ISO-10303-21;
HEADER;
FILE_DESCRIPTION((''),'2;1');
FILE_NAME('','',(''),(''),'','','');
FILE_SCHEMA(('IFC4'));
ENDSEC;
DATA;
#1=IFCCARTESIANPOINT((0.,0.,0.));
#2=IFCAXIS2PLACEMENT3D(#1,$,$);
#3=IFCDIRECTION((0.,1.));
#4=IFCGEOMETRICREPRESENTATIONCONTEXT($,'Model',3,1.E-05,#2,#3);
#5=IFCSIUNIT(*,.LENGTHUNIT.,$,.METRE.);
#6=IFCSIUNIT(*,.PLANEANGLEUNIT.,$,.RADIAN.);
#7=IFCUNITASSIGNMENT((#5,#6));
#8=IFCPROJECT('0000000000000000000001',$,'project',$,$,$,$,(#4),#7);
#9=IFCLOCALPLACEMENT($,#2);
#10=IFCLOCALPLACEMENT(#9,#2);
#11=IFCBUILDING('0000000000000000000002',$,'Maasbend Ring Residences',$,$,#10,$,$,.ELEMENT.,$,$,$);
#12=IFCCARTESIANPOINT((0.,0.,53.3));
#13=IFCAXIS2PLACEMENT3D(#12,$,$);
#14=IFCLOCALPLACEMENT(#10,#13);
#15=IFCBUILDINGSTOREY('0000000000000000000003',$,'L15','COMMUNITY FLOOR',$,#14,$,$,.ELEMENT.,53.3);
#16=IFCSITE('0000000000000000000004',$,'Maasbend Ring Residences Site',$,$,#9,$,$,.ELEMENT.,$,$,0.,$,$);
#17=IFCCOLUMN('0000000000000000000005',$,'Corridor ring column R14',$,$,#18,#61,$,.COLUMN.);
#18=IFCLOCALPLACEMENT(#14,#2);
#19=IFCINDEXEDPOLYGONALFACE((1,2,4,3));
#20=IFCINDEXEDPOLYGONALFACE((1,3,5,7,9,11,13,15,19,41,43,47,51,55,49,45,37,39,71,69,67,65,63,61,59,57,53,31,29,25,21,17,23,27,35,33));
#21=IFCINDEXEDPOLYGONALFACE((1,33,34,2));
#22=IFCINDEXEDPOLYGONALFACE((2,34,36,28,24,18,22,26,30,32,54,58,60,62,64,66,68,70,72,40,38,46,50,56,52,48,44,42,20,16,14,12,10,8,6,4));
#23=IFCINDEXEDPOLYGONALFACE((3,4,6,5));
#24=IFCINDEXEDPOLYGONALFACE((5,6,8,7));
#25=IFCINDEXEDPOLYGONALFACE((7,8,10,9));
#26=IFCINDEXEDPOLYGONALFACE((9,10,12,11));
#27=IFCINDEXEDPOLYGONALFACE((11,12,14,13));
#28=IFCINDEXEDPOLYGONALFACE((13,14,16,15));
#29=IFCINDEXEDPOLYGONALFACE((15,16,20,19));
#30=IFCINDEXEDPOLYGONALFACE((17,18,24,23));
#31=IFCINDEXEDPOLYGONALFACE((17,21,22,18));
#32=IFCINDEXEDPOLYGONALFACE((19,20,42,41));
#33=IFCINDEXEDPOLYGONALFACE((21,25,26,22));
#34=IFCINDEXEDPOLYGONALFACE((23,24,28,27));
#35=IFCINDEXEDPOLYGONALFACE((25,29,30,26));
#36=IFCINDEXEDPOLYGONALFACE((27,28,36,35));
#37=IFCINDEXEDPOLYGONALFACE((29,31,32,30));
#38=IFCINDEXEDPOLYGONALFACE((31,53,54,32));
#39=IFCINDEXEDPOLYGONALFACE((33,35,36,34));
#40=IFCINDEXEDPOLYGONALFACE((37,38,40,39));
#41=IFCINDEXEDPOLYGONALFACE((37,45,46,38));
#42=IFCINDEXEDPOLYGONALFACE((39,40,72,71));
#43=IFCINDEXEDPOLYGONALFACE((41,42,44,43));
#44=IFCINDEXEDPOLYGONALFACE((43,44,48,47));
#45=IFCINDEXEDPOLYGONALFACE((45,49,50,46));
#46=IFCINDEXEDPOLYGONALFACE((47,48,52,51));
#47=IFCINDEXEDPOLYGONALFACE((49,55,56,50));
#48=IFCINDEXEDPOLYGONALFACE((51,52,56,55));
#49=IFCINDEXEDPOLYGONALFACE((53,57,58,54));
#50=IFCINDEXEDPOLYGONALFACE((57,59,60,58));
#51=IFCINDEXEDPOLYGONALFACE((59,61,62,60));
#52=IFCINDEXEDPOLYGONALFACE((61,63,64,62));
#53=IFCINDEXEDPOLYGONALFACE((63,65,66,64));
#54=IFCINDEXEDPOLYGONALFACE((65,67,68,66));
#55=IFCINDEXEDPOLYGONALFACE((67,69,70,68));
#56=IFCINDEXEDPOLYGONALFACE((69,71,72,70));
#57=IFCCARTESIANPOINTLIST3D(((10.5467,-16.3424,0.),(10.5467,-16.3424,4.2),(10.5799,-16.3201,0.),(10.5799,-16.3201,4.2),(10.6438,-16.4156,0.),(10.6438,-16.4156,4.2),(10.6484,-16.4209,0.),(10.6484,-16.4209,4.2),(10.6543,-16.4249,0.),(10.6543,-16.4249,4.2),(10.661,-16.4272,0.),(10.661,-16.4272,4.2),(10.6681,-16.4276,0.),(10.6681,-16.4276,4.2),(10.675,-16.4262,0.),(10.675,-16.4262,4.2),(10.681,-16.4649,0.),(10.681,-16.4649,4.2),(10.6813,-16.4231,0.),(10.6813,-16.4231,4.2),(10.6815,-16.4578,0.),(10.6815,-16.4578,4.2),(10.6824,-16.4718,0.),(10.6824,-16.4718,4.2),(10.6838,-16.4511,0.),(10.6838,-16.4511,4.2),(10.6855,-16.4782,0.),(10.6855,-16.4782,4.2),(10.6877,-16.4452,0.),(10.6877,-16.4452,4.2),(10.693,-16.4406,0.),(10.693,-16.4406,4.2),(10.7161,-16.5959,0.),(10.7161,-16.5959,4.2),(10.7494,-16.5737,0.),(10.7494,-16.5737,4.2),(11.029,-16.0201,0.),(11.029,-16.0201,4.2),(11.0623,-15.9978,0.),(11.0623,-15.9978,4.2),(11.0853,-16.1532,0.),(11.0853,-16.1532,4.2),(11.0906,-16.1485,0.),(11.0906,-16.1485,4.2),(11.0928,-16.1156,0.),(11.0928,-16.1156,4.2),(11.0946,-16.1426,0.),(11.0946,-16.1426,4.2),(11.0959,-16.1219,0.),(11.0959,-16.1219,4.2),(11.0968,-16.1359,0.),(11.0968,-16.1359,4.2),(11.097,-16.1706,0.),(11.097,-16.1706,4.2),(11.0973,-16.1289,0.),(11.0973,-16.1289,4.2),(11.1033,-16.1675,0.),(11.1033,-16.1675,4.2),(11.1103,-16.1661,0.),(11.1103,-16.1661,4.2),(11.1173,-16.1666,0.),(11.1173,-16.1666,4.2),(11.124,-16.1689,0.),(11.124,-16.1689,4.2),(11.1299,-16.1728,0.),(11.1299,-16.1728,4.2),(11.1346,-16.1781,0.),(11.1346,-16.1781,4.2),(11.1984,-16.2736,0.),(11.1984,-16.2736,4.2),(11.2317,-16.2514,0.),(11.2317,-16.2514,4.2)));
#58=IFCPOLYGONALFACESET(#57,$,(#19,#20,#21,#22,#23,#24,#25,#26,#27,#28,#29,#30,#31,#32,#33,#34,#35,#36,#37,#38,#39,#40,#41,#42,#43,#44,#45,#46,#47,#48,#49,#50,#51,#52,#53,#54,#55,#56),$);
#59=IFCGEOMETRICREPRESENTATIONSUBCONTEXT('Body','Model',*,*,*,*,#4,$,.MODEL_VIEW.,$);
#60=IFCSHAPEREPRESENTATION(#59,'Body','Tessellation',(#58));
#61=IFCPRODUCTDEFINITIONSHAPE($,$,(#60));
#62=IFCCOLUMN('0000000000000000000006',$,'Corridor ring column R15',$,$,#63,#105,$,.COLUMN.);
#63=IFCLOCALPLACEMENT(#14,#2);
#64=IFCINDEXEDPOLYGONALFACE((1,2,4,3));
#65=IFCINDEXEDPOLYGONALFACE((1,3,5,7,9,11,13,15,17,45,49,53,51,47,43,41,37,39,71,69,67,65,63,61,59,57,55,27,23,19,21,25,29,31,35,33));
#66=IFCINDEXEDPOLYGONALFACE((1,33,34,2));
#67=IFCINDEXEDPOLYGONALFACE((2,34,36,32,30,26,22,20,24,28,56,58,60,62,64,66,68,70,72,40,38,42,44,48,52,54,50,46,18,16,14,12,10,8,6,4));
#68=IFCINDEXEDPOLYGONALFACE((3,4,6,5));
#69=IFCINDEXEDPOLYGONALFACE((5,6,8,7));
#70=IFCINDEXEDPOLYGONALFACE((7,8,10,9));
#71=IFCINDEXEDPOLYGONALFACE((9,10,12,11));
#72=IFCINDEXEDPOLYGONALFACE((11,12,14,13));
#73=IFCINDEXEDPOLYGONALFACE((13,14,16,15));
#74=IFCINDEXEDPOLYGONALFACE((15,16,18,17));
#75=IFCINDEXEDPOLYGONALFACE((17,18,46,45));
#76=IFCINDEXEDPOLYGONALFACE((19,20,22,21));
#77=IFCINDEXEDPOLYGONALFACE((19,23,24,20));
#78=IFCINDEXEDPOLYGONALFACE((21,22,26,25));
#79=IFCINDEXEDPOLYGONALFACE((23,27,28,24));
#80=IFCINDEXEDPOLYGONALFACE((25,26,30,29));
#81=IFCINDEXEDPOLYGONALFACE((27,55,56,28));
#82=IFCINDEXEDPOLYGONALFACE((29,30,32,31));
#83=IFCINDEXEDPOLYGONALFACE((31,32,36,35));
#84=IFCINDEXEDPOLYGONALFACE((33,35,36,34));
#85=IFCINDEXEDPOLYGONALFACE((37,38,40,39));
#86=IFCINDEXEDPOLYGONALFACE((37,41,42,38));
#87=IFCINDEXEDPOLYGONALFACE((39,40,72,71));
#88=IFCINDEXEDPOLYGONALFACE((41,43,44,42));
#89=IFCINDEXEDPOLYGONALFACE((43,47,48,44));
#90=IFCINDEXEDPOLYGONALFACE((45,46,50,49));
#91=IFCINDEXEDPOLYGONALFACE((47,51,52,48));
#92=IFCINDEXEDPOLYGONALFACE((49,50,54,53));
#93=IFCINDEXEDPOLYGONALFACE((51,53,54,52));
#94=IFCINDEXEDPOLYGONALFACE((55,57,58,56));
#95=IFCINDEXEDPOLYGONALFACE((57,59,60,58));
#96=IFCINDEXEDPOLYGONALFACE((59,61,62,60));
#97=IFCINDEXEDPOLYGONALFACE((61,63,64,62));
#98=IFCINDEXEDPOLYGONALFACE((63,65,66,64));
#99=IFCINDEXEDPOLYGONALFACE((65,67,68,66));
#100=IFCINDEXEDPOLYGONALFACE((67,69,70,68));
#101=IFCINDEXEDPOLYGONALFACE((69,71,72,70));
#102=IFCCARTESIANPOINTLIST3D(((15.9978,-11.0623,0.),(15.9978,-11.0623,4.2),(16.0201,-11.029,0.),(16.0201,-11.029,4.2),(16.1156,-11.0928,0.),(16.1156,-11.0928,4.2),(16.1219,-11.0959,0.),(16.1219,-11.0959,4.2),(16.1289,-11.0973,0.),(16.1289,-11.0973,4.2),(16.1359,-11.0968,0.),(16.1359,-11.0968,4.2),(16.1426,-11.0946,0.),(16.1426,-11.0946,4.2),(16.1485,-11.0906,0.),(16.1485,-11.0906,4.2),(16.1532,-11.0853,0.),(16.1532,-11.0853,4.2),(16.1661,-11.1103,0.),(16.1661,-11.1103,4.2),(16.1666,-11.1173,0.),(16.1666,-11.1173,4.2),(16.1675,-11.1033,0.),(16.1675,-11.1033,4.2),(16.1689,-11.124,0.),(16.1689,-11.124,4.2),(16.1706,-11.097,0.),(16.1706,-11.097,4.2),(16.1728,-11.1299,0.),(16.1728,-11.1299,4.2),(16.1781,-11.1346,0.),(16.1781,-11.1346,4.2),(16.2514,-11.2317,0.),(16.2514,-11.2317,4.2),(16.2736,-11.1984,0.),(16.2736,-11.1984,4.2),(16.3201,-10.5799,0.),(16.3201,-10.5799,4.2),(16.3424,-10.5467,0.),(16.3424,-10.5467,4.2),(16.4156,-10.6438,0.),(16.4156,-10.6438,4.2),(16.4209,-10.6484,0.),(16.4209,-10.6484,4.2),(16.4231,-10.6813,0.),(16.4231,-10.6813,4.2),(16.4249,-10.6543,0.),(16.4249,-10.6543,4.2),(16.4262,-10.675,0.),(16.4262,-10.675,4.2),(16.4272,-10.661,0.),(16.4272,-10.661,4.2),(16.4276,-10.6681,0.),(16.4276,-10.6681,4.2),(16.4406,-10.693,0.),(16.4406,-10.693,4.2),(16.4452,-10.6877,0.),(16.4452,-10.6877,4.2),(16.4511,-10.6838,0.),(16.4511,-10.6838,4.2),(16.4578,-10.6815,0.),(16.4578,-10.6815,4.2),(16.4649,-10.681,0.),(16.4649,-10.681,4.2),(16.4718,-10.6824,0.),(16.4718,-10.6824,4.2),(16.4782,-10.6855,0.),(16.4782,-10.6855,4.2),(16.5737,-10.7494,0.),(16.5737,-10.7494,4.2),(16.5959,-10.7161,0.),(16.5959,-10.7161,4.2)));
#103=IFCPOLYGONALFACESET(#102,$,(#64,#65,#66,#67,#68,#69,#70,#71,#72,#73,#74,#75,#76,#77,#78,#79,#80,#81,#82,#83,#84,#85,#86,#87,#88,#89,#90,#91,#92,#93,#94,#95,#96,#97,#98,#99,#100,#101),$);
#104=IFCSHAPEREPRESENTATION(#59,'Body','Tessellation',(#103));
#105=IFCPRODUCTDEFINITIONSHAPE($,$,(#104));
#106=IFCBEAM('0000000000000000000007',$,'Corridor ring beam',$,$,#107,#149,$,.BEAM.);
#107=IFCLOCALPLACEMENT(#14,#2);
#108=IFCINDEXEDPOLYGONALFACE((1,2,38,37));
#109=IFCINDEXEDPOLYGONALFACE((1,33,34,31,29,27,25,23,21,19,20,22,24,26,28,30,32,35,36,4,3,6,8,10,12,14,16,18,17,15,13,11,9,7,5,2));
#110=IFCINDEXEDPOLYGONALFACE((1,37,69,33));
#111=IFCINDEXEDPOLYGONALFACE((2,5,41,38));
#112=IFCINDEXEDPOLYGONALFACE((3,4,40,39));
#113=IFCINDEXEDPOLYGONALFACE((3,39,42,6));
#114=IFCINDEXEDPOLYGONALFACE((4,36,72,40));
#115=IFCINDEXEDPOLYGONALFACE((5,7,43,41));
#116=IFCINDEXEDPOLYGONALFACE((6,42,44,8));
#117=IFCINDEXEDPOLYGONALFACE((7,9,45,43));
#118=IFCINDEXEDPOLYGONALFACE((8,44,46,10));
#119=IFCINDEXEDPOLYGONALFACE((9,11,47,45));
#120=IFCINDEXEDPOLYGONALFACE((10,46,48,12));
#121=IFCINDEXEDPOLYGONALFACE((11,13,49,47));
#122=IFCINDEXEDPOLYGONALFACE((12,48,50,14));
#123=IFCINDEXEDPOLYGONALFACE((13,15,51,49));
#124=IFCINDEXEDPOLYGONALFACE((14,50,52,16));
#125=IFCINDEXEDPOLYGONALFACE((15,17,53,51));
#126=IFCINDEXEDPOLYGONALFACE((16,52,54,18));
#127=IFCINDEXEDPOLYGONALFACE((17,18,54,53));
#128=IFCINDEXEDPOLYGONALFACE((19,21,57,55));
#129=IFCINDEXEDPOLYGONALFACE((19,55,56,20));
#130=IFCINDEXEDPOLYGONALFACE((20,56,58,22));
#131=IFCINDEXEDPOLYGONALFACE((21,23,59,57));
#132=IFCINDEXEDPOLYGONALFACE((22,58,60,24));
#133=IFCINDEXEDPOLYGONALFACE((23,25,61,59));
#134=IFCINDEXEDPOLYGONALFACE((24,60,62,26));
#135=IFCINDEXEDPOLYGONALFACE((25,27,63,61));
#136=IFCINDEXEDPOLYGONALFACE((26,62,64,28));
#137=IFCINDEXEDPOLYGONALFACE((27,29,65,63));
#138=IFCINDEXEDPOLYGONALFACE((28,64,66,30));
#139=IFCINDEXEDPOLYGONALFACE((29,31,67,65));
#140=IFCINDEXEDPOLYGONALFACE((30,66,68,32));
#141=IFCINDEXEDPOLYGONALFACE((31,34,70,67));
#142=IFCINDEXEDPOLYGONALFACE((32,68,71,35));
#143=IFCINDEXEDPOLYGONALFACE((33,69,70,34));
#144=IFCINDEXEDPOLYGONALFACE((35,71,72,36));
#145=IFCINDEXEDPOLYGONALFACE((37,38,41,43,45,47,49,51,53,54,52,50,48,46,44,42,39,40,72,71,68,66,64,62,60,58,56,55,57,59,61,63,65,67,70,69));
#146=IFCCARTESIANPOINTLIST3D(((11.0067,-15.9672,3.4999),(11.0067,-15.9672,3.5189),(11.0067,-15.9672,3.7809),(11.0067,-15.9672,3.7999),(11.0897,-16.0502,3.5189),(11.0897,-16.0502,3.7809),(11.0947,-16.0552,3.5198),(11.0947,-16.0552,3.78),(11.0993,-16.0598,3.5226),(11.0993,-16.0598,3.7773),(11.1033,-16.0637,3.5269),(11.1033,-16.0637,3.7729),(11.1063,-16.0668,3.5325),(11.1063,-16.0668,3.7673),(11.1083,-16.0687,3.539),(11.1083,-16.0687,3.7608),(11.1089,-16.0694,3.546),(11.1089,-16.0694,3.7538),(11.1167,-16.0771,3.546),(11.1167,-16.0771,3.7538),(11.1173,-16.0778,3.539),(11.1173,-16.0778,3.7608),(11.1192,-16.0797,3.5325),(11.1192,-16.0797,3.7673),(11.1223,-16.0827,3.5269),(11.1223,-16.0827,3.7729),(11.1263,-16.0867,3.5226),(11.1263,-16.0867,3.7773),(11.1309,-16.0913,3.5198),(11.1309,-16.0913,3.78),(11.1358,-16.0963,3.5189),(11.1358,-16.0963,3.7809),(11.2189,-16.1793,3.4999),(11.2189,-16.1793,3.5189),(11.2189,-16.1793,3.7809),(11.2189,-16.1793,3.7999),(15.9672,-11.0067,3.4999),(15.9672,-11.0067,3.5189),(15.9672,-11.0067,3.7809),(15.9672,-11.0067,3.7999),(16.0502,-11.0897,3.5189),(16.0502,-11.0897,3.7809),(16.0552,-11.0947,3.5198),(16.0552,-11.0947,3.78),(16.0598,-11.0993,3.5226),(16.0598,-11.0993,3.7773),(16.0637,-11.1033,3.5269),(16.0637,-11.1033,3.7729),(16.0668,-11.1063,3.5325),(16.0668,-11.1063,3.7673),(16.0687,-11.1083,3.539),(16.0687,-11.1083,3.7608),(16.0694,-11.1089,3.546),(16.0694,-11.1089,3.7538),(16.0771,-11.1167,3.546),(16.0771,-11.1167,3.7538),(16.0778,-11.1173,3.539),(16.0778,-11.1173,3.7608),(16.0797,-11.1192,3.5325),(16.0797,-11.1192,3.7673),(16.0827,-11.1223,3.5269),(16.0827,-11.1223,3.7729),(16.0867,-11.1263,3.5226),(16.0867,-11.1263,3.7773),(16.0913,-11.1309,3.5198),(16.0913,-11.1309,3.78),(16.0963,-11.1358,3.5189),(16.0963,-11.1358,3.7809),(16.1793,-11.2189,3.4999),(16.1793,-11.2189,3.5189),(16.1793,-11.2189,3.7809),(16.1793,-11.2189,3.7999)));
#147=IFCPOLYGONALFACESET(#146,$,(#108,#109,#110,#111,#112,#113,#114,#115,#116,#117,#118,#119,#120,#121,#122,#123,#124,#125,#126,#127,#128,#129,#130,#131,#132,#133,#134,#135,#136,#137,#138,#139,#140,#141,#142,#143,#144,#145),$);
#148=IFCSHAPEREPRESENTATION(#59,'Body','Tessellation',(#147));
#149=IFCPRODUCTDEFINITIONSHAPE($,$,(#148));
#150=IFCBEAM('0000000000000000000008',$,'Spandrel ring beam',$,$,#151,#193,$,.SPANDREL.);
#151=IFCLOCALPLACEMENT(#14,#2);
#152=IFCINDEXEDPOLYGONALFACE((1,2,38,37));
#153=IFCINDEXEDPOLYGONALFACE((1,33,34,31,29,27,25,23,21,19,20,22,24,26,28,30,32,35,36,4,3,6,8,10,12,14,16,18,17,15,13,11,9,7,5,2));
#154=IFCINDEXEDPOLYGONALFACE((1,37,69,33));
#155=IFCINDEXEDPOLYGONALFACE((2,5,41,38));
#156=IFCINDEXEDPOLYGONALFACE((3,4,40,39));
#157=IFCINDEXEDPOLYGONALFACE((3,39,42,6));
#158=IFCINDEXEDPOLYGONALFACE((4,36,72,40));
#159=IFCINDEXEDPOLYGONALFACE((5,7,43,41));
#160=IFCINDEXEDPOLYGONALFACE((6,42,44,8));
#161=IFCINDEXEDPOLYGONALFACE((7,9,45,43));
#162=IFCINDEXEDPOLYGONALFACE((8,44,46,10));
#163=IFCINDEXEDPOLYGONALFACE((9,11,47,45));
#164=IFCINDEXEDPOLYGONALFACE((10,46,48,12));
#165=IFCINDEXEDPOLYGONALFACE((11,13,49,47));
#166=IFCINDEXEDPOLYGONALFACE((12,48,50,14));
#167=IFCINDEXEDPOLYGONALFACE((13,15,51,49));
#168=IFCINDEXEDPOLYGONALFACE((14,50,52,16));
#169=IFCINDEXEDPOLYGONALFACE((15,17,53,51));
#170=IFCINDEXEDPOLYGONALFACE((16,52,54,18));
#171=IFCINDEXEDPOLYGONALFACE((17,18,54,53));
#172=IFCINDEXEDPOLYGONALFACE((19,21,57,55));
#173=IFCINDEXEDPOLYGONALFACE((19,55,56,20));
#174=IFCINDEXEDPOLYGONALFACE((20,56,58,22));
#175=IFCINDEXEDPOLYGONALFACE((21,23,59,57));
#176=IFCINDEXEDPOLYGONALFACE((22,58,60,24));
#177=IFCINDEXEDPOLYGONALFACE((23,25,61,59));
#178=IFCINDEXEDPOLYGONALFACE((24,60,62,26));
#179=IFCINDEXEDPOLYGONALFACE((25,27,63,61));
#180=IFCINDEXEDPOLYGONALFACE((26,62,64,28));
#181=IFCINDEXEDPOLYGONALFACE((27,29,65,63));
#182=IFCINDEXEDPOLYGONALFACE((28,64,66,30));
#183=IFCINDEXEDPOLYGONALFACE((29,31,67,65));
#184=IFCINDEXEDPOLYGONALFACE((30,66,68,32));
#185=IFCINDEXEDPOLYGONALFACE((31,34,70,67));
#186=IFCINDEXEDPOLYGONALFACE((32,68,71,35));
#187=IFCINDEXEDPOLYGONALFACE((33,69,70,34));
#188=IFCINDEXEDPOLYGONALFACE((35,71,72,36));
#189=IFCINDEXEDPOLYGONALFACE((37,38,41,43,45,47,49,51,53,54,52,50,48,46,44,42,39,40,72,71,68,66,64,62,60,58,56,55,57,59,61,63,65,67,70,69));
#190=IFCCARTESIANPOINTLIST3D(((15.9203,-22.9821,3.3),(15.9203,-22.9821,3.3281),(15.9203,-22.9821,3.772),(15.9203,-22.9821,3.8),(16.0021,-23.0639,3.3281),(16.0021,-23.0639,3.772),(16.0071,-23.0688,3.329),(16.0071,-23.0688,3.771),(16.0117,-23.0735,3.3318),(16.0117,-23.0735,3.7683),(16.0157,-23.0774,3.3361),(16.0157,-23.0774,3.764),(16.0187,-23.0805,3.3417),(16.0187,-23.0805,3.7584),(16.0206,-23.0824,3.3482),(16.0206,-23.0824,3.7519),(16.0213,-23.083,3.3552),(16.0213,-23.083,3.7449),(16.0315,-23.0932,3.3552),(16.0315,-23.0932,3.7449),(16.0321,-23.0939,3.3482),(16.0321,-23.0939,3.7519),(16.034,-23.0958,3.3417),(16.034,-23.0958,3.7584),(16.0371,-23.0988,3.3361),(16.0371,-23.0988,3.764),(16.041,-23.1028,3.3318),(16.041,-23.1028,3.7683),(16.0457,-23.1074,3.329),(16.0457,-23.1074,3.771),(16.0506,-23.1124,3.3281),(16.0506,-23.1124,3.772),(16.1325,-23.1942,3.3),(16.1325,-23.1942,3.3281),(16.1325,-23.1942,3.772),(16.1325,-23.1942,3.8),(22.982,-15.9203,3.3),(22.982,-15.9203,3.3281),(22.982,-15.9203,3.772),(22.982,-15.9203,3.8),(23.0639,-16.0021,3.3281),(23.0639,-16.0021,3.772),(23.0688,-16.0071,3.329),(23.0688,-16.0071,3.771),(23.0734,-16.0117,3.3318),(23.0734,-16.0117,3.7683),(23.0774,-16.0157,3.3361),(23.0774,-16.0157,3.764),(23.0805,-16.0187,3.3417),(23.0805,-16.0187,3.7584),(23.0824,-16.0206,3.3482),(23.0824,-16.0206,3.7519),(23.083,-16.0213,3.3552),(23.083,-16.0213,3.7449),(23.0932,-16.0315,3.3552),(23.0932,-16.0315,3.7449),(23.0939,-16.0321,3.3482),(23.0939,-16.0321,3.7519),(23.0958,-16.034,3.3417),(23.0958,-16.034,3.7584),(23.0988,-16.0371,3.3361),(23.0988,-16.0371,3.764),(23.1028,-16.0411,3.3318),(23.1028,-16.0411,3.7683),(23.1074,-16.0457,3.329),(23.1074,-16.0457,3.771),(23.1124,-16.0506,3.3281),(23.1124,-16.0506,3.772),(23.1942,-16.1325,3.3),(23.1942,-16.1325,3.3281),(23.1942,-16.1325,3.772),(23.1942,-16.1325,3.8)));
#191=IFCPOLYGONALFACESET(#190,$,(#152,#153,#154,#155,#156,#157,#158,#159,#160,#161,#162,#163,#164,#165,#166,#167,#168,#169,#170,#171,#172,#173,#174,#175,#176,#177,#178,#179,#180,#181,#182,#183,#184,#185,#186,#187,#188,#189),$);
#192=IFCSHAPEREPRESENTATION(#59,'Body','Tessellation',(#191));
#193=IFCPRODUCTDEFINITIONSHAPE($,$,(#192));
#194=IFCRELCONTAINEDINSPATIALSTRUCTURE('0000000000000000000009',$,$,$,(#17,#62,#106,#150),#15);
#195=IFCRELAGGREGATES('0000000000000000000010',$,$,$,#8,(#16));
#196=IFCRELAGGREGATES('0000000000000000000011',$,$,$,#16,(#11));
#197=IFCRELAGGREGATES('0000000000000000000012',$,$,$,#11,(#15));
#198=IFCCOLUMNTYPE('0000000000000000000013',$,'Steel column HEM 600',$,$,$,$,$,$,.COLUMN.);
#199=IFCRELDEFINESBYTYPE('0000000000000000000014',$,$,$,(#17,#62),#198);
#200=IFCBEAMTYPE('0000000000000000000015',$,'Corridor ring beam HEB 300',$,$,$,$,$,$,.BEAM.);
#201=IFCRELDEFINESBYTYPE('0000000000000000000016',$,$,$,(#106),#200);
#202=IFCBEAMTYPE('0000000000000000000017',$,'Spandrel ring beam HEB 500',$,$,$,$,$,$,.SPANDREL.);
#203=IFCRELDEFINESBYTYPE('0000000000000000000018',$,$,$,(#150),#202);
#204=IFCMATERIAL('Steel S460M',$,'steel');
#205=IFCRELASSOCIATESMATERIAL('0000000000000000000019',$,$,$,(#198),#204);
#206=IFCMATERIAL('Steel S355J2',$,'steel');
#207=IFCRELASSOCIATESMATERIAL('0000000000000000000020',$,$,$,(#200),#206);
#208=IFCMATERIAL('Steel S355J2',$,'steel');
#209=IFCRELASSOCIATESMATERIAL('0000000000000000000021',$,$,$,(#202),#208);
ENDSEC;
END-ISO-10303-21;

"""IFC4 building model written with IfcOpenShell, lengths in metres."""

from ifc_helpers import new_model, si_unit, direction, frame, origin, origin_2d, place, context, subcontext, project, spatial, i_section, extrude, material, material_profile, profile_set, type_object, element, save


model = new_model("IFC4")

# Units and contexts
model_context = context("Model", 3, precision=1e-05, world=origin(), true_north=direction((0.0, 1.0)))
body_context = subcontext(model_context, "Body", "Model", "MODEL_VIEW")
ifc_project = project(units=[si_unit("LENGTHUNIT", "METRE"), si_unit("PLANEANGLEUNIT", "RADIAN")], contexts=[model_context])

# Site, building, storey
site_placement = place(None, origin())
site = spatial("IfcSite", under=ifc_project, at=site_placement, Name="Maasbend Ring Residences Site", CompositionType="ELEMENT", RefElevation=0.0)
building_placement = place(site_placement, origin())
building = spatial("IfcBuilding", under=site, at=building_placement, Name="Maasbend Ring Residences", CompositionType="ELEMENT")
storey_placement = place(building_placement, frame((0.0, 0.0, 53.3)))
storey = spatial("IfcBuildingStorey", under=building, at=storey_placement, Name="L15", Description="COMMUNITY FLOOR", CompositionType="ELEMENT", Elevation=53.3)

# Columns
ifc_material_1 = material(Name="Steel S460M", Category="steel")
ifc_material_profile_1 = material_profile(ifc_material_1, i_section(OverallWidth=0.3049, OverallDepth=0.6201, WebThickness=0.021, FlangeThickness=0.04, FilletRadius=0.0271, at=origin_2d()), Name="HEM 600")
ifc_profile_set_1 = profile_set([ifc_material_profile_1], Name="Steel S460M")
column_type_1 = type_object("IfcColumnType", Name="Steel column HEM 600", PredefinedType="COLUMN", material=ifc_profile_set_1)
for number, where, z_axis, x_axis, name in (
    (1, (10.8892, -16.2969, 0.0), (0.0, 0.0, 1.0), (0.55557, -0.83147, 0.0), "Corridor ring column R14"),
    (2, (16.2969, -10.8892, 0.0), (0.0, 0.0, 1.0), (0.83147, -0.55557, 0.0), "Corridor ring column R15"),
):
    element("IfcColumn", number, at=place(storey_placement, frame(where, z_axis=z_axis, x_axis=x_axis)), inside=storey, type_object=column_type_1, Name=name, PredefinedType="COLUMN", context=body_context, shape_type="SweptSolid", body=[
        extrude(i_section(OverallWidth=0.3049, OverallDepth=0.6201, WebThickness=0.021, FlangeThickness=0.04, FilletRadius=0.0271, at=origin_2d()), origin(), (0.0, 0.0, 1.0), 4.2),
    ])

# Beams
ifc_material_2 = material(Name="Steel S355J2", Category="steel")
ifc_material_profile_2 = material_profile(ifc_material_2, i_section(OverallWidth=0.3, OverallDepth=0.3, WebThickness=0.011, FlangeThickness=0.019, FilletRadius=0.0271, at=origin_2d()), Name="HEB 300")
ifc_profile_set_2 = profile_set([ifc_material_profile_2], Name="Steel S355J2")
beam_type_1 = type_object("IfcBeamType", Name="Corridor ring beam HEB 300", PredefinedType="BEAM", material=ifc_profile_set_2)
beam_1_placement = place(storey_placement, frame((11.1128, -16.0732, 3.6499), z_axis=(0.707107, 0.707107, 0.0), x_axis=(-0.707107, 0.707107, 0.0)))
element("IfcBeam", 3, at=beam_1_placement, inside=storey, type_object=beam_type_1, Name="Corridor ring beam", PredefinedType="BEAM", context=body_context, shape_type="SweptSolid", body=[
    extrude(i_section(OverallWidth=0.3, OverallDepth=0.3, WebThickness=0.011, FlangeThickness=0.019, FilletRadius=0.0271, at=origin_2d()), origin(), (0.0, 0.0, 1.0), 7.0151),
])
ifc_material_3 = material(Name="Steel S355J2", Category="steel")
ifc_material_profile_3 = material_profile(ifc_material_3, i_section(OverallWidth=0.3, OverallDepth=0.5, WebThickness=0.0144, FlangeThickness=0.0281, FilletRadius=0.0271, at=origin_2d()), Name="HEB 500")
ifc_profile_set_3 = profile_set([ifc_material_profile_3], Name="Steel S355J2")
beam_type_2 = type_object("IfcBeamType", Name="Spandrel ring beam HEB 500", PredefinedType="SPANDREL", material=ifc_profile_set_3)
beam_2_placement = place(storey_placement, frame((16.0264, -23.0881, 3.55), z_axis=(0.707107, 0.707107, 0.0), x_axis=(-0.707107, 0.707107, 0.0)))
element("IfcBeam", 4, at=beam_2_placement, inside=storey, type_object=beam_type_2, Name="Spandrel ring beam", PredefinedType="SPANDREL", context=body_context, shape_type="SweptSolid", body=[
    extrude(i_section(OverallWidth=0.3, OverallDepth=0.5, WebThickness=0.0144, FlangeThickness=0.0281, FilletRadius=0.0271, at=origin_2d()), origin(), (0.0, 0.0, 1.0), 9.9868),
])

save(model, "model.ifc")
